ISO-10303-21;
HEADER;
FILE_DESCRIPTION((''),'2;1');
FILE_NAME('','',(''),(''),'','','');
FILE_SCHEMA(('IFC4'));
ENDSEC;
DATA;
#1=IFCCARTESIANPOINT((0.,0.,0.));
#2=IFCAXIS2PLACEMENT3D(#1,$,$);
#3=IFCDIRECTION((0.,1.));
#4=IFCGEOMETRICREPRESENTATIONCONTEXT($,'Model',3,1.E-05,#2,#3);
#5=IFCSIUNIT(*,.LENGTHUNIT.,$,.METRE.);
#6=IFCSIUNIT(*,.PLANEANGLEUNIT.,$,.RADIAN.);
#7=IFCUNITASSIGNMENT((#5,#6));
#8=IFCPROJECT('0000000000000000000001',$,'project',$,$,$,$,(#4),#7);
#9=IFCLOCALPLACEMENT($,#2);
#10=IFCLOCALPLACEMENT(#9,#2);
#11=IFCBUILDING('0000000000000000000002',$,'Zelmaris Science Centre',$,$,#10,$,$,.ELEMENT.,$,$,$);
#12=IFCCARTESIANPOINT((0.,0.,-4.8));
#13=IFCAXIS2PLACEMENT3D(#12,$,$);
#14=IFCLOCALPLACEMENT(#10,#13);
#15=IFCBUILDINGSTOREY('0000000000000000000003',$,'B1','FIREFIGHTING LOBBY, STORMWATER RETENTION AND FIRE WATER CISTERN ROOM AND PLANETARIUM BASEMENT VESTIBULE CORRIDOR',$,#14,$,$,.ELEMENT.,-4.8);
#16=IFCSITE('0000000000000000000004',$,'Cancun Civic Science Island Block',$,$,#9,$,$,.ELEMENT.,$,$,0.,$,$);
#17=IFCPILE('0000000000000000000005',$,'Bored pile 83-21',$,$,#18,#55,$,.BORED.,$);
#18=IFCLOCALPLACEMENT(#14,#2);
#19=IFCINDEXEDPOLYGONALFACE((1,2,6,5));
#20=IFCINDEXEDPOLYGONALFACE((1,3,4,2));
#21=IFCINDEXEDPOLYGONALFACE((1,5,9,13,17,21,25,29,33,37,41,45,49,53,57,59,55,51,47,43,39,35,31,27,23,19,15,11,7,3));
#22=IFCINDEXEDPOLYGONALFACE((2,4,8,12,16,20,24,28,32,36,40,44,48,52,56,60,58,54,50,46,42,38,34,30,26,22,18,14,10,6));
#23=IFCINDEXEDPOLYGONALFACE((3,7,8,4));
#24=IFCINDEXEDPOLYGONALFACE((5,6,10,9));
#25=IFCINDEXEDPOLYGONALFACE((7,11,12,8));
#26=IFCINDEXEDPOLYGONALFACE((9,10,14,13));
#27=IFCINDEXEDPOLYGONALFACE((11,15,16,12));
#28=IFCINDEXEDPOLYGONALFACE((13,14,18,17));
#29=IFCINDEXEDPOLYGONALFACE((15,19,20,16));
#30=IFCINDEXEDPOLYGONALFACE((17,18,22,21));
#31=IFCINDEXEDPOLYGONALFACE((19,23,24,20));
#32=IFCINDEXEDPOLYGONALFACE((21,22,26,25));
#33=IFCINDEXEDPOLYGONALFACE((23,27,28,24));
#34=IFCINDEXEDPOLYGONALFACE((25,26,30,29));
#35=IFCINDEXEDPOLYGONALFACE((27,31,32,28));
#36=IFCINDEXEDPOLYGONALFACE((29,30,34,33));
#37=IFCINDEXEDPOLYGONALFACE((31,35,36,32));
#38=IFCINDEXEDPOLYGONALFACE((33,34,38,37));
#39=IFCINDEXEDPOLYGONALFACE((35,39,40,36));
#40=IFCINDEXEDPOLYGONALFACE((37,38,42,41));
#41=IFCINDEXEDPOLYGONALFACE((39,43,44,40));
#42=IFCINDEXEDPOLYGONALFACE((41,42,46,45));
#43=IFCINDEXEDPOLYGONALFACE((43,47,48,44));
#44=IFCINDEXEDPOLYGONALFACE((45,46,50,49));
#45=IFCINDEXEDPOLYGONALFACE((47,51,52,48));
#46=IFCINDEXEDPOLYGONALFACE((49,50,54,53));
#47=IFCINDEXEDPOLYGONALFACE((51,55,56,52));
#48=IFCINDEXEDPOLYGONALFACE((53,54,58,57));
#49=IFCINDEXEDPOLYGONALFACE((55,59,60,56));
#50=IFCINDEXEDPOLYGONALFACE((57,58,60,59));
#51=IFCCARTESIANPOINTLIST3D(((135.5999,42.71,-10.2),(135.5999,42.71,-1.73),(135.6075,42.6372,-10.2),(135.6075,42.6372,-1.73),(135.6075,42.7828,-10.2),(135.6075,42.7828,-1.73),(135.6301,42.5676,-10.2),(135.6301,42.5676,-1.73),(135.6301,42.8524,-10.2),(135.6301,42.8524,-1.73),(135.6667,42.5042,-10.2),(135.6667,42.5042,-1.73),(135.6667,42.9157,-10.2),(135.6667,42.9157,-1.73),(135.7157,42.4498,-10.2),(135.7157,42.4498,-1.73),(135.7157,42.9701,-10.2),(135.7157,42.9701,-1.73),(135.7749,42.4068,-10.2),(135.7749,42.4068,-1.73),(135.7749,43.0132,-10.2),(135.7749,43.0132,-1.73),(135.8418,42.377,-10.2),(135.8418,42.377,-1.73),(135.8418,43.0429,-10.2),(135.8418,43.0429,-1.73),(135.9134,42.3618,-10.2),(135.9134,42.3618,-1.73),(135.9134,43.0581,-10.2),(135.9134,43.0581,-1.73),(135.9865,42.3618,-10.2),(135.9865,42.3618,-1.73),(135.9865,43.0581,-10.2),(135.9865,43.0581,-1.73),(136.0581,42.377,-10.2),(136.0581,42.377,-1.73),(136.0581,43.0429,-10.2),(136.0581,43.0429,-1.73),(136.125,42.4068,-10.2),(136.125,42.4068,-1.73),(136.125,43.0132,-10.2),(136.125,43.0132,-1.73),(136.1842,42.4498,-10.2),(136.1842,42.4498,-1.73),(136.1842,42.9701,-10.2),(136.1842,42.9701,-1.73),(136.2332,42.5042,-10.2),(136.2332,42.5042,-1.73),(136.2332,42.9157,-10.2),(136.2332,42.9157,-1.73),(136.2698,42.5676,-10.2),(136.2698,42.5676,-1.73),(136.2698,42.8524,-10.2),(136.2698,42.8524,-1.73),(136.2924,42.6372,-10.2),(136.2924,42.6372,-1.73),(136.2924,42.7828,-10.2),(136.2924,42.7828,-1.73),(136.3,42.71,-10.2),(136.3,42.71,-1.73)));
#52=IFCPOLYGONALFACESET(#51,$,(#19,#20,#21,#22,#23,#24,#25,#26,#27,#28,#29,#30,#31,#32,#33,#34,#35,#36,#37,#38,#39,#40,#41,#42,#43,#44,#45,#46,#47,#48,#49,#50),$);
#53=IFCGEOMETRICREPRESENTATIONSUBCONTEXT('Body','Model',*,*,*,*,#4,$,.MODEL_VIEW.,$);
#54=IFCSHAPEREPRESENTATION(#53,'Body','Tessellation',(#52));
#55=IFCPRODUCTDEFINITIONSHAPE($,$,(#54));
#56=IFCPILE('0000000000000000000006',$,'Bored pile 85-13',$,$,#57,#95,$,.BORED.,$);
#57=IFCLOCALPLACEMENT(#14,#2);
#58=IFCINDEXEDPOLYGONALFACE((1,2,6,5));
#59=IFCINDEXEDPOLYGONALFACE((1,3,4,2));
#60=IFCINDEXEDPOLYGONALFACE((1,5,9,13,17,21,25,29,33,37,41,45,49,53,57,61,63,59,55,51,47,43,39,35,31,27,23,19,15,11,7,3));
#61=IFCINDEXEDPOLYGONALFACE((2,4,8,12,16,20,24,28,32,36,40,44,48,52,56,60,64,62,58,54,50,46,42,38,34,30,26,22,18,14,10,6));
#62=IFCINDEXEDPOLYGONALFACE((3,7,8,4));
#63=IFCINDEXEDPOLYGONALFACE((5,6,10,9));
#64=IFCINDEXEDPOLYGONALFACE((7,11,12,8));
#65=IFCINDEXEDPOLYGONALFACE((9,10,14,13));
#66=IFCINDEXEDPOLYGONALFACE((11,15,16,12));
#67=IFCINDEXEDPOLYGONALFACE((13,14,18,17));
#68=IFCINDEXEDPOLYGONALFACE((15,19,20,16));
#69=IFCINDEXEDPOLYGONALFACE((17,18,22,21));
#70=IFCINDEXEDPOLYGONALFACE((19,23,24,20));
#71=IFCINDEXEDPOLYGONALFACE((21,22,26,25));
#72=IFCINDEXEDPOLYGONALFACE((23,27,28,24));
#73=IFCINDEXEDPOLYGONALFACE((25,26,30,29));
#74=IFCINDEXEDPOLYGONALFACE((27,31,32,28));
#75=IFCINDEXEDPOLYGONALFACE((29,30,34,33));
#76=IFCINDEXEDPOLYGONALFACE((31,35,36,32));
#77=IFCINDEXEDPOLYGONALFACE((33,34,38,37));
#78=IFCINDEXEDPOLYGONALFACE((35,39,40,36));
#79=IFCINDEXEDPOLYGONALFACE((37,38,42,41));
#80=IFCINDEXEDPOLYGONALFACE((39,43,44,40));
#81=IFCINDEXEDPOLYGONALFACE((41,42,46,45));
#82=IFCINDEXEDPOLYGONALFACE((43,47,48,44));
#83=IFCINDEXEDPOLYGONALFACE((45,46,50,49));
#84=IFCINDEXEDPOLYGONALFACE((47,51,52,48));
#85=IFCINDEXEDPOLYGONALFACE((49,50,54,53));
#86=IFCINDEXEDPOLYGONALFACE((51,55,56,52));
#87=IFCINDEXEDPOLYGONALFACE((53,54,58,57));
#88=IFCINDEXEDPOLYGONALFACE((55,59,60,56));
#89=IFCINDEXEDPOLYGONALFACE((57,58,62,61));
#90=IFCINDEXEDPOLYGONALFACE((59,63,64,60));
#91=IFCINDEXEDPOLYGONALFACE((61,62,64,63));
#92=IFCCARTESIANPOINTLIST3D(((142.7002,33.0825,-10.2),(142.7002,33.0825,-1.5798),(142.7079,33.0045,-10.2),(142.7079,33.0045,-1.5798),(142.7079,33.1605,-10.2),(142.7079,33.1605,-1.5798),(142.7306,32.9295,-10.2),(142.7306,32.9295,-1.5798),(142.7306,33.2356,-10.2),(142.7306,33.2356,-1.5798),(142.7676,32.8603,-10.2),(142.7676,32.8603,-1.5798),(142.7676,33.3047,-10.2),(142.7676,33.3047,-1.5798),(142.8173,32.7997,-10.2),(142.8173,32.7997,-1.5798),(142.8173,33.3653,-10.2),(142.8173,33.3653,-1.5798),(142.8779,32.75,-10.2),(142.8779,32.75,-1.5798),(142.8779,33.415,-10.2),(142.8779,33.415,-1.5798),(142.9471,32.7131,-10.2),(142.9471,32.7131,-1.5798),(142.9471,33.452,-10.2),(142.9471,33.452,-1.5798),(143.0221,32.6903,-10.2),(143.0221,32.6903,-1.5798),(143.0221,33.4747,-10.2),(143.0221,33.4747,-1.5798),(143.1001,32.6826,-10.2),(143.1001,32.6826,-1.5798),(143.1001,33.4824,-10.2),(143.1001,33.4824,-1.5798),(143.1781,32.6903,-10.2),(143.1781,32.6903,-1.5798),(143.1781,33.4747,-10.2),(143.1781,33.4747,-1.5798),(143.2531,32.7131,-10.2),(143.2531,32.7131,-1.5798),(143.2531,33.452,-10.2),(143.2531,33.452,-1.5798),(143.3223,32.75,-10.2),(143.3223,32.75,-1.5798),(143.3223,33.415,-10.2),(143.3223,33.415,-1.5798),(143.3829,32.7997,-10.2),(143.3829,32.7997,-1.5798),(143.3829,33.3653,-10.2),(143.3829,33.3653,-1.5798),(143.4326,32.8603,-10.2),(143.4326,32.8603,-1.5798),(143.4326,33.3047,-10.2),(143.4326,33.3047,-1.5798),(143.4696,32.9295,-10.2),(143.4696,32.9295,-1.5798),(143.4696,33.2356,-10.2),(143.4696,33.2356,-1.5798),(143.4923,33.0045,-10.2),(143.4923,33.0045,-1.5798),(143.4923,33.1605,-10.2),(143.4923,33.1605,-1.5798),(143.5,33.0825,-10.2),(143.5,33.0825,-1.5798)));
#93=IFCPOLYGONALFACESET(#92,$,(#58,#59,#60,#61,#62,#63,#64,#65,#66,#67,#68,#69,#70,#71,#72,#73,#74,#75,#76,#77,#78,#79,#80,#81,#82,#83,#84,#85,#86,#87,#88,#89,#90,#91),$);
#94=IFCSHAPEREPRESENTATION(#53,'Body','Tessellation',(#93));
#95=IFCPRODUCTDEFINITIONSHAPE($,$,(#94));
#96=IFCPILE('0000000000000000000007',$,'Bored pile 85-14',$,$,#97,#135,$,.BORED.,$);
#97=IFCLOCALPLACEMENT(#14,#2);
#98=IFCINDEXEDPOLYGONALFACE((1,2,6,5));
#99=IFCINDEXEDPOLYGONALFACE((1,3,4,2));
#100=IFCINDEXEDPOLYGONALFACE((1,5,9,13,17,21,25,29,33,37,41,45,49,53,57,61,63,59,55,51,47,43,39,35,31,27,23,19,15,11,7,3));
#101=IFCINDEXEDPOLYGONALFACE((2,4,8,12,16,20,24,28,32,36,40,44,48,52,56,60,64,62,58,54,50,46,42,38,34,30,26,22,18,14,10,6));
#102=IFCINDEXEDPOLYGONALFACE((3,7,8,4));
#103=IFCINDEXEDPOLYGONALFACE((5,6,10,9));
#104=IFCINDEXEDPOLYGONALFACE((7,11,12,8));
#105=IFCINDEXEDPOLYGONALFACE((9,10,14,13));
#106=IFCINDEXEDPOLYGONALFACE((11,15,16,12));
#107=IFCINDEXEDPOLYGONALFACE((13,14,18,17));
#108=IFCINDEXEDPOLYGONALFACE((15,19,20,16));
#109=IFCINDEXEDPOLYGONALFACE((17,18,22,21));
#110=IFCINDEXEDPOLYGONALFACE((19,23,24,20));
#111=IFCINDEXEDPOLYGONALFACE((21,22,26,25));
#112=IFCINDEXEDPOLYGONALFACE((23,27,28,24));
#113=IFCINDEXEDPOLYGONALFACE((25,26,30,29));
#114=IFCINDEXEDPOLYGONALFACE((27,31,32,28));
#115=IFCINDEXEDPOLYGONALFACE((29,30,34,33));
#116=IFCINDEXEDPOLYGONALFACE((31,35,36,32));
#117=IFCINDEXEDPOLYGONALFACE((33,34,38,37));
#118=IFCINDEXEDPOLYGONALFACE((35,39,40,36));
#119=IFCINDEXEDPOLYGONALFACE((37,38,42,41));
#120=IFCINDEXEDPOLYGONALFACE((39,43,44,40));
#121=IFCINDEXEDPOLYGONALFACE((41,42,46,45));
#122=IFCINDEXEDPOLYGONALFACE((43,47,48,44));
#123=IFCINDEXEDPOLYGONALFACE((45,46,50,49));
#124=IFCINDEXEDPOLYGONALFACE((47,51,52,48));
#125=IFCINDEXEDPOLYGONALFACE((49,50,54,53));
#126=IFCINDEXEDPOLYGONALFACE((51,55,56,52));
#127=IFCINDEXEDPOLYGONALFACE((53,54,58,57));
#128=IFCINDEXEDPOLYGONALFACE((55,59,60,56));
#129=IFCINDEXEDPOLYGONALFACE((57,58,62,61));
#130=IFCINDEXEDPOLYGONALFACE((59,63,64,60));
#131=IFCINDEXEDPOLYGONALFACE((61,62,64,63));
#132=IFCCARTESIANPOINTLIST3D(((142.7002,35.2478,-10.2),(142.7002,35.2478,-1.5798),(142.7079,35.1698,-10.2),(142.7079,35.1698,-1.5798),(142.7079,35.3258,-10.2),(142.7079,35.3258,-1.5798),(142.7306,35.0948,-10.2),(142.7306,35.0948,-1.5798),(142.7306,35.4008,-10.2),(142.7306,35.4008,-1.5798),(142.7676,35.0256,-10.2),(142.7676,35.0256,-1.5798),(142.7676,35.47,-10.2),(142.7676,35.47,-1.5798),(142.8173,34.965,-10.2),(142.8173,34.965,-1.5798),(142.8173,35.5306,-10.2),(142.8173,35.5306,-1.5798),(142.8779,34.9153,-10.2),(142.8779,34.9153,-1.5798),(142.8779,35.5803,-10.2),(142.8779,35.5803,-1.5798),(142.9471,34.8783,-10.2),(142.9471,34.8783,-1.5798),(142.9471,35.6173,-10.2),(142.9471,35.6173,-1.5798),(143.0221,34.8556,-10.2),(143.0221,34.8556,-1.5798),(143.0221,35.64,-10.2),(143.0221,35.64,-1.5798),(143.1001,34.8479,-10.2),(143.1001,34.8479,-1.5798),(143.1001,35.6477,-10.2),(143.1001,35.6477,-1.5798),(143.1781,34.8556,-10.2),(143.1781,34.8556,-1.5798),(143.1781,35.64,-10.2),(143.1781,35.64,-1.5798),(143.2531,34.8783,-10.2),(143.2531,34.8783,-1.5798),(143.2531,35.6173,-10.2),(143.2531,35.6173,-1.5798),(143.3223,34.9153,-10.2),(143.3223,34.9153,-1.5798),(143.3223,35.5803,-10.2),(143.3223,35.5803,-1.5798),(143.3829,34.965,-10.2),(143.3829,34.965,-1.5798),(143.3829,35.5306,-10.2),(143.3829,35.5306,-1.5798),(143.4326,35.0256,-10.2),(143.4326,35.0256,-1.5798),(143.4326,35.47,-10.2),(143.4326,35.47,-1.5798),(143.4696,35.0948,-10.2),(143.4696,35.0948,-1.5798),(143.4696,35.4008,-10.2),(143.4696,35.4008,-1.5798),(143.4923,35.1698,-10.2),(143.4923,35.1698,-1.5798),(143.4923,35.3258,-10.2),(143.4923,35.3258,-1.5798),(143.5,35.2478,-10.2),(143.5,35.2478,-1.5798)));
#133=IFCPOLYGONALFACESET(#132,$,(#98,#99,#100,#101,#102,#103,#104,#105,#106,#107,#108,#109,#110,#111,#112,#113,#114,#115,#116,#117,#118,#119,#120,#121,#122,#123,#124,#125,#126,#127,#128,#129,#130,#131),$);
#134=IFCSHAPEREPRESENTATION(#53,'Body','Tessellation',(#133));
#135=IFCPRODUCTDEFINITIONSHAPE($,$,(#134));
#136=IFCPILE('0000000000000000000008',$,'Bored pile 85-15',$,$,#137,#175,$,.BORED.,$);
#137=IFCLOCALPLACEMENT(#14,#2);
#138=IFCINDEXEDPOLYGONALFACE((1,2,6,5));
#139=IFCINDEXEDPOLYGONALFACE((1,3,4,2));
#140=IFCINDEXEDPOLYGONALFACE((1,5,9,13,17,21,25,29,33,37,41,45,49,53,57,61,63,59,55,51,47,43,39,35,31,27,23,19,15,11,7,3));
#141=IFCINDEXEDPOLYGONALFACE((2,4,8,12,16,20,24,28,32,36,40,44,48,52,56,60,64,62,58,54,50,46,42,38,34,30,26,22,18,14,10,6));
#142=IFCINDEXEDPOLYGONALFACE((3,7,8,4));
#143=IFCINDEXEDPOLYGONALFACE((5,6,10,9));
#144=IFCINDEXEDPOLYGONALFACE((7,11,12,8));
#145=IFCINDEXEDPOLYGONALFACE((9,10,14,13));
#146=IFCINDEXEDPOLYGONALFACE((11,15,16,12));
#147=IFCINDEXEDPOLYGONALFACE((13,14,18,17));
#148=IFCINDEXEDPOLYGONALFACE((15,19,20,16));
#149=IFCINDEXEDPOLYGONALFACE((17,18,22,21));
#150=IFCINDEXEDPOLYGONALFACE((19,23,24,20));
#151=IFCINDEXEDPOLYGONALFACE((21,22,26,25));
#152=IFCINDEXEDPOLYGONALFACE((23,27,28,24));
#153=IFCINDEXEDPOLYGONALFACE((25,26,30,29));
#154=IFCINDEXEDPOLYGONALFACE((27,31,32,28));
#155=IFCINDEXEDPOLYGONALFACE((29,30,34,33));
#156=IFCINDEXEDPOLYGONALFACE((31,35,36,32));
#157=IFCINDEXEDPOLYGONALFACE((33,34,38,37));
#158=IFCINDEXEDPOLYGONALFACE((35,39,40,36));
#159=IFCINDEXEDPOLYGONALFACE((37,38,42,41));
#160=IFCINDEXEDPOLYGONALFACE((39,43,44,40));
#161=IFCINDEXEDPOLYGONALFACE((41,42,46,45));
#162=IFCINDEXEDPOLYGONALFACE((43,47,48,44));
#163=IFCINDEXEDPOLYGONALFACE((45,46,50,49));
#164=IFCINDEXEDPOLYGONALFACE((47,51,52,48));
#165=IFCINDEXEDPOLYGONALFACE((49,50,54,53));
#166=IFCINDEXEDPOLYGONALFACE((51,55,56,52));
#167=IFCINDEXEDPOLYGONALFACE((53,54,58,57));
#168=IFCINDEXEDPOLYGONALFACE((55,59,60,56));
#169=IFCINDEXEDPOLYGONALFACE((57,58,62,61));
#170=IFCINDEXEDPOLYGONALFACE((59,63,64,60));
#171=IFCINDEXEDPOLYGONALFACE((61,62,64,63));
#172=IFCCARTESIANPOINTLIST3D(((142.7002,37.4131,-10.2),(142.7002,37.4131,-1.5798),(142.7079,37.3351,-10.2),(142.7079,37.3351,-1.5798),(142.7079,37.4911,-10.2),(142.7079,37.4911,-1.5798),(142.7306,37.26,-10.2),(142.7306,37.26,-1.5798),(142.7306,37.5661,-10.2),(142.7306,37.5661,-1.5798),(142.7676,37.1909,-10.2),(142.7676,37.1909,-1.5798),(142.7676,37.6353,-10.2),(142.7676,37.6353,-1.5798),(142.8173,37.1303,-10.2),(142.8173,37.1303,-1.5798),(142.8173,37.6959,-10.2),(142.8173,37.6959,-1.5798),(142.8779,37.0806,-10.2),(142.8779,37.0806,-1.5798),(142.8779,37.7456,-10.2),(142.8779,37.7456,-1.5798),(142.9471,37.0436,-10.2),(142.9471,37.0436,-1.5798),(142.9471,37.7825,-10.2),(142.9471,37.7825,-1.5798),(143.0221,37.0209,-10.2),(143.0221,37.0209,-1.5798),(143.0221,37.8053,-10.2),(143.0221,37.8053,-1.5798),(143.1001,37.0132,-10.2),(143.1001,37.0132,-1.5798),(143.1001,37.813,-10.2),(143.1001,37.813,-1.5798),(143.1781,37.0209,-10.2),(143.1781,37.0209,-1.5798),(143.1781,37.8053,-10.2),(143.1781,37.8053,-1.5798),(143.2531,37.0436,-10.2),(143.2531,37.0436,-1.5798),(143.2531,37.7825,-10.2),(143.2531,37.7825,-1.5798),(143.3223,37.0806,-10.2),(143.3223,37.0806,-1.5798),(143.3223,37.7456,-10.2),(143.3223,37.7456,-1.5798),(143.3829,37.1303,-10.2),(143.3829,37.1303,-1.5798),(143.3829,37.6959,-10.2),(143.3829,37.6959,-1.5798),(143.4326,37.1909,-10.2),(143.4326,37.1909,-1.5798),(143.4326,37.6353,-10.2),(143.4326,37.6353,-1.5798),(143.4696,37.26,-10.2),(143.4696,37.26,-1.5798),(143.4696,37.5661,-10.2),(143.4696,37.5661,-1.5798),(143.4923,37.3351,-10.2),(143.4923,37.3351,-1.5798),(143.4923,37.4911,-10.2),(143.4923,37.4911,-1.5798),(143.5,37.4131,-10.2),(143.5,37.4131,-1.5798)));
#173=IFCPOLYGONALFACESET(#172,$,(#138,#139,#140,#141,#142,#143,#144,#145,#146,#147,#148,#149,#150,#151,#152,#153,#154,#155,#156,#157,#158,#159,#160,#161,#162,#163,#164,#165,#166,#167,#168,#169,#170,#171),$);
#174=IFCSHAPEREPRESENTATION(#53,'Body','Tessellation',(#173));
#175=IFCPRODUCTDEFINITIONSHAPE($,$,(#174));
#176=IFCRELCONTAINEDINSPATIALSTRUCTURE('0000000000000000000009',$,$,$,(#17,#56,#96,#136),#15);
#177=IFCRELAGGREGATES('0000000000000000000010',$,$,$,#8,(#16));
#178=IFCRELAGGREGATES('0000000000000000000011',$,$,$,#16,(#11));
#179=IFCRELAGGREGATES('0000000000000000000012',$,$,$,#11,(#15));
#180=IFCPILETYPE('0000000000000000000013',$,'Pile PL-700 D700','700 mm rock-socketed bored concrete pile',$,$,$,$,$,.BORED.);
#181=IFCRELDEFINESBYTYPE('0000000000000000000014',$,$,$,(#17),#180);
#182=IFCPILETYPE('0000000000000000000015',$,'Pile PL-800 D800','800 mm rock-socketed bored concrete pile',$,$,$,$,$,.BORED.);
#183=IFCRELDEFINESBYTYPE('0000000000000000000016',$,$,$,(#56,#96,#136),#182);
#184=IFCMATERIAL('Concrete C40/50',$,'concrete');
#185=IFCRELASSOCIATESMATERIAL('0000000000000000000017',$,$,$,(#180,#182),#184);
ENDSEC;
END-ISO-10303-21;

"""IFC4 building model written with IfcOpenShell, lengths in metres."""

from ifc_helpers import new_model, si_unit, direction, frame, origin, origin_2d, place, context, subcontext, project, spatial, circle, extrude, material, material_profile, profile_set, type_object, element, save


model = new_model("IFC4")

# Units and contexts
model_context = context("Model", 3, precision=1e-05, world=origin(), true_north=direction((0.0, 1.0)))
body_context = subcontext(model_context, "Body", "Model", "MODEL_VIEW")
ifc_project = project(units=[si_unit("LENGTHUNIT", "METRE"), si_unit("PLANEANGLEUNIT", "RADIAN")], contexts=[model_context])

# Site, building, storey
site_placement = place(None, origin())
site = spatial("IfcSite", under=ifc_project, at=site_placement, Name="Cancun Civic Science Island Block", CompositionType="ELEMENT", RefElevation=0.0)
building_placement = place(site_placement, origin())
building = spatial("IfcBuilding", under=site, at=building_placement, Name="Zelmaris Science Centre", CompositionType="ELEMENT")
storey_placement = place(building_placement, frame((0.0, 0.0, -4.8)))
storey = spatial("IfcBuildingStorey", under=building, at=storey_placement, Name="B1", Description="FIREFIGHTING LOBBY, STORMWATER RETENTION AND FIRE WATER CISTERN ROOM AND PLANETARIUM BASEMENT VESTIBULE CORRIDOR", CompositionType="ELEMENT", Elevation=-4.8)

# Shared definitions
ifc_material_1 = material(Name="Concrete C40/50", Category="concrete")

# Piles
ifc_material_profile_1 = material_profile(ifc_material_1, circle(Radius=0.3501, at=origin_2d()), Name="PILE-700")
ifc_profile_set_1 = profile_set([ifc_material_profile_1], Name="Concrete C40/50")
pile_type_1 = type_object("IfcPileType", Name="Pile PL-700 D700", Description="700 mm rock-socketed bored concrete pile", PredefinedType="BORED", material=ifc_profile_set_1)
for number, where, z_axis, x_axis, name in (
    (1, (135.95, 42.71, -1.73), (0.0, 0.0, -1.0), (1.0, 0.0, 0.0), "Bored pile 83-21"),
):
    element("IfcPile", number, at=place(storey_placement, frame(where, z_axis=z_axis, x_axis=x_axis)), inside=storey, type_object=pile_type_1, Name=name, PredefinedType="BORED", context=body_context, shape_type="SweptSolid", body=[
        extrude(circle(Radius=0.3501, at=origin_2d()), origin(), (0.0, 0.0, 1.0), 8.47),
    ])
ifc_material_profile_2 = material_profile(ifc_material_1, circle(Radius=0.3999, at=origin_2d()), Name="PILE-800")
ifc_profile_set_2 = profile_set([ifc_material_profile_2], Name="Concrete C40/50")
pile_type_2 = type_object("IfcPileType", Name="Pile PL-800 D800", Description="800 mm rock-socketed bored concrete pile", PredefinedType="BORED", material=ifc_profile_set_2)
for number, where, z_axis, x_axis, name in (
    (2, (143.1001, 33.0825, -1.5798), (0.0, 0.0, -1.0), (1.0, 0.0, 0.0), "Bored pile 85-13"),
    (3, (143.1001, 35.2478, -1.5798), (0.0, 0.0, -1.0), (1.0, 0.0, 0.0), "Bored pile 85-14"),
    (4, (143.1001, 37.4131, -1.5798), (0.0, 0.0, -1.0), (1.0, 0.0, 0.0), "Bored pile 85-15"),
):
    element("IfcPile", number, at=place(storey_placement, frame(where, z_axis=z_axis, x_axis=x_axis)), inside=storey, type_object=pile_type_2, Name=name, PredefinedType="BORED", context=body_context, shape_type="SweptSolid", body=[
        extrude(circle(Radius=0.3999, at=origin_2d()), origin(), (0.0, 0.0, 1.0), 8.6201),
    ])

save(model, "model.ifc")
